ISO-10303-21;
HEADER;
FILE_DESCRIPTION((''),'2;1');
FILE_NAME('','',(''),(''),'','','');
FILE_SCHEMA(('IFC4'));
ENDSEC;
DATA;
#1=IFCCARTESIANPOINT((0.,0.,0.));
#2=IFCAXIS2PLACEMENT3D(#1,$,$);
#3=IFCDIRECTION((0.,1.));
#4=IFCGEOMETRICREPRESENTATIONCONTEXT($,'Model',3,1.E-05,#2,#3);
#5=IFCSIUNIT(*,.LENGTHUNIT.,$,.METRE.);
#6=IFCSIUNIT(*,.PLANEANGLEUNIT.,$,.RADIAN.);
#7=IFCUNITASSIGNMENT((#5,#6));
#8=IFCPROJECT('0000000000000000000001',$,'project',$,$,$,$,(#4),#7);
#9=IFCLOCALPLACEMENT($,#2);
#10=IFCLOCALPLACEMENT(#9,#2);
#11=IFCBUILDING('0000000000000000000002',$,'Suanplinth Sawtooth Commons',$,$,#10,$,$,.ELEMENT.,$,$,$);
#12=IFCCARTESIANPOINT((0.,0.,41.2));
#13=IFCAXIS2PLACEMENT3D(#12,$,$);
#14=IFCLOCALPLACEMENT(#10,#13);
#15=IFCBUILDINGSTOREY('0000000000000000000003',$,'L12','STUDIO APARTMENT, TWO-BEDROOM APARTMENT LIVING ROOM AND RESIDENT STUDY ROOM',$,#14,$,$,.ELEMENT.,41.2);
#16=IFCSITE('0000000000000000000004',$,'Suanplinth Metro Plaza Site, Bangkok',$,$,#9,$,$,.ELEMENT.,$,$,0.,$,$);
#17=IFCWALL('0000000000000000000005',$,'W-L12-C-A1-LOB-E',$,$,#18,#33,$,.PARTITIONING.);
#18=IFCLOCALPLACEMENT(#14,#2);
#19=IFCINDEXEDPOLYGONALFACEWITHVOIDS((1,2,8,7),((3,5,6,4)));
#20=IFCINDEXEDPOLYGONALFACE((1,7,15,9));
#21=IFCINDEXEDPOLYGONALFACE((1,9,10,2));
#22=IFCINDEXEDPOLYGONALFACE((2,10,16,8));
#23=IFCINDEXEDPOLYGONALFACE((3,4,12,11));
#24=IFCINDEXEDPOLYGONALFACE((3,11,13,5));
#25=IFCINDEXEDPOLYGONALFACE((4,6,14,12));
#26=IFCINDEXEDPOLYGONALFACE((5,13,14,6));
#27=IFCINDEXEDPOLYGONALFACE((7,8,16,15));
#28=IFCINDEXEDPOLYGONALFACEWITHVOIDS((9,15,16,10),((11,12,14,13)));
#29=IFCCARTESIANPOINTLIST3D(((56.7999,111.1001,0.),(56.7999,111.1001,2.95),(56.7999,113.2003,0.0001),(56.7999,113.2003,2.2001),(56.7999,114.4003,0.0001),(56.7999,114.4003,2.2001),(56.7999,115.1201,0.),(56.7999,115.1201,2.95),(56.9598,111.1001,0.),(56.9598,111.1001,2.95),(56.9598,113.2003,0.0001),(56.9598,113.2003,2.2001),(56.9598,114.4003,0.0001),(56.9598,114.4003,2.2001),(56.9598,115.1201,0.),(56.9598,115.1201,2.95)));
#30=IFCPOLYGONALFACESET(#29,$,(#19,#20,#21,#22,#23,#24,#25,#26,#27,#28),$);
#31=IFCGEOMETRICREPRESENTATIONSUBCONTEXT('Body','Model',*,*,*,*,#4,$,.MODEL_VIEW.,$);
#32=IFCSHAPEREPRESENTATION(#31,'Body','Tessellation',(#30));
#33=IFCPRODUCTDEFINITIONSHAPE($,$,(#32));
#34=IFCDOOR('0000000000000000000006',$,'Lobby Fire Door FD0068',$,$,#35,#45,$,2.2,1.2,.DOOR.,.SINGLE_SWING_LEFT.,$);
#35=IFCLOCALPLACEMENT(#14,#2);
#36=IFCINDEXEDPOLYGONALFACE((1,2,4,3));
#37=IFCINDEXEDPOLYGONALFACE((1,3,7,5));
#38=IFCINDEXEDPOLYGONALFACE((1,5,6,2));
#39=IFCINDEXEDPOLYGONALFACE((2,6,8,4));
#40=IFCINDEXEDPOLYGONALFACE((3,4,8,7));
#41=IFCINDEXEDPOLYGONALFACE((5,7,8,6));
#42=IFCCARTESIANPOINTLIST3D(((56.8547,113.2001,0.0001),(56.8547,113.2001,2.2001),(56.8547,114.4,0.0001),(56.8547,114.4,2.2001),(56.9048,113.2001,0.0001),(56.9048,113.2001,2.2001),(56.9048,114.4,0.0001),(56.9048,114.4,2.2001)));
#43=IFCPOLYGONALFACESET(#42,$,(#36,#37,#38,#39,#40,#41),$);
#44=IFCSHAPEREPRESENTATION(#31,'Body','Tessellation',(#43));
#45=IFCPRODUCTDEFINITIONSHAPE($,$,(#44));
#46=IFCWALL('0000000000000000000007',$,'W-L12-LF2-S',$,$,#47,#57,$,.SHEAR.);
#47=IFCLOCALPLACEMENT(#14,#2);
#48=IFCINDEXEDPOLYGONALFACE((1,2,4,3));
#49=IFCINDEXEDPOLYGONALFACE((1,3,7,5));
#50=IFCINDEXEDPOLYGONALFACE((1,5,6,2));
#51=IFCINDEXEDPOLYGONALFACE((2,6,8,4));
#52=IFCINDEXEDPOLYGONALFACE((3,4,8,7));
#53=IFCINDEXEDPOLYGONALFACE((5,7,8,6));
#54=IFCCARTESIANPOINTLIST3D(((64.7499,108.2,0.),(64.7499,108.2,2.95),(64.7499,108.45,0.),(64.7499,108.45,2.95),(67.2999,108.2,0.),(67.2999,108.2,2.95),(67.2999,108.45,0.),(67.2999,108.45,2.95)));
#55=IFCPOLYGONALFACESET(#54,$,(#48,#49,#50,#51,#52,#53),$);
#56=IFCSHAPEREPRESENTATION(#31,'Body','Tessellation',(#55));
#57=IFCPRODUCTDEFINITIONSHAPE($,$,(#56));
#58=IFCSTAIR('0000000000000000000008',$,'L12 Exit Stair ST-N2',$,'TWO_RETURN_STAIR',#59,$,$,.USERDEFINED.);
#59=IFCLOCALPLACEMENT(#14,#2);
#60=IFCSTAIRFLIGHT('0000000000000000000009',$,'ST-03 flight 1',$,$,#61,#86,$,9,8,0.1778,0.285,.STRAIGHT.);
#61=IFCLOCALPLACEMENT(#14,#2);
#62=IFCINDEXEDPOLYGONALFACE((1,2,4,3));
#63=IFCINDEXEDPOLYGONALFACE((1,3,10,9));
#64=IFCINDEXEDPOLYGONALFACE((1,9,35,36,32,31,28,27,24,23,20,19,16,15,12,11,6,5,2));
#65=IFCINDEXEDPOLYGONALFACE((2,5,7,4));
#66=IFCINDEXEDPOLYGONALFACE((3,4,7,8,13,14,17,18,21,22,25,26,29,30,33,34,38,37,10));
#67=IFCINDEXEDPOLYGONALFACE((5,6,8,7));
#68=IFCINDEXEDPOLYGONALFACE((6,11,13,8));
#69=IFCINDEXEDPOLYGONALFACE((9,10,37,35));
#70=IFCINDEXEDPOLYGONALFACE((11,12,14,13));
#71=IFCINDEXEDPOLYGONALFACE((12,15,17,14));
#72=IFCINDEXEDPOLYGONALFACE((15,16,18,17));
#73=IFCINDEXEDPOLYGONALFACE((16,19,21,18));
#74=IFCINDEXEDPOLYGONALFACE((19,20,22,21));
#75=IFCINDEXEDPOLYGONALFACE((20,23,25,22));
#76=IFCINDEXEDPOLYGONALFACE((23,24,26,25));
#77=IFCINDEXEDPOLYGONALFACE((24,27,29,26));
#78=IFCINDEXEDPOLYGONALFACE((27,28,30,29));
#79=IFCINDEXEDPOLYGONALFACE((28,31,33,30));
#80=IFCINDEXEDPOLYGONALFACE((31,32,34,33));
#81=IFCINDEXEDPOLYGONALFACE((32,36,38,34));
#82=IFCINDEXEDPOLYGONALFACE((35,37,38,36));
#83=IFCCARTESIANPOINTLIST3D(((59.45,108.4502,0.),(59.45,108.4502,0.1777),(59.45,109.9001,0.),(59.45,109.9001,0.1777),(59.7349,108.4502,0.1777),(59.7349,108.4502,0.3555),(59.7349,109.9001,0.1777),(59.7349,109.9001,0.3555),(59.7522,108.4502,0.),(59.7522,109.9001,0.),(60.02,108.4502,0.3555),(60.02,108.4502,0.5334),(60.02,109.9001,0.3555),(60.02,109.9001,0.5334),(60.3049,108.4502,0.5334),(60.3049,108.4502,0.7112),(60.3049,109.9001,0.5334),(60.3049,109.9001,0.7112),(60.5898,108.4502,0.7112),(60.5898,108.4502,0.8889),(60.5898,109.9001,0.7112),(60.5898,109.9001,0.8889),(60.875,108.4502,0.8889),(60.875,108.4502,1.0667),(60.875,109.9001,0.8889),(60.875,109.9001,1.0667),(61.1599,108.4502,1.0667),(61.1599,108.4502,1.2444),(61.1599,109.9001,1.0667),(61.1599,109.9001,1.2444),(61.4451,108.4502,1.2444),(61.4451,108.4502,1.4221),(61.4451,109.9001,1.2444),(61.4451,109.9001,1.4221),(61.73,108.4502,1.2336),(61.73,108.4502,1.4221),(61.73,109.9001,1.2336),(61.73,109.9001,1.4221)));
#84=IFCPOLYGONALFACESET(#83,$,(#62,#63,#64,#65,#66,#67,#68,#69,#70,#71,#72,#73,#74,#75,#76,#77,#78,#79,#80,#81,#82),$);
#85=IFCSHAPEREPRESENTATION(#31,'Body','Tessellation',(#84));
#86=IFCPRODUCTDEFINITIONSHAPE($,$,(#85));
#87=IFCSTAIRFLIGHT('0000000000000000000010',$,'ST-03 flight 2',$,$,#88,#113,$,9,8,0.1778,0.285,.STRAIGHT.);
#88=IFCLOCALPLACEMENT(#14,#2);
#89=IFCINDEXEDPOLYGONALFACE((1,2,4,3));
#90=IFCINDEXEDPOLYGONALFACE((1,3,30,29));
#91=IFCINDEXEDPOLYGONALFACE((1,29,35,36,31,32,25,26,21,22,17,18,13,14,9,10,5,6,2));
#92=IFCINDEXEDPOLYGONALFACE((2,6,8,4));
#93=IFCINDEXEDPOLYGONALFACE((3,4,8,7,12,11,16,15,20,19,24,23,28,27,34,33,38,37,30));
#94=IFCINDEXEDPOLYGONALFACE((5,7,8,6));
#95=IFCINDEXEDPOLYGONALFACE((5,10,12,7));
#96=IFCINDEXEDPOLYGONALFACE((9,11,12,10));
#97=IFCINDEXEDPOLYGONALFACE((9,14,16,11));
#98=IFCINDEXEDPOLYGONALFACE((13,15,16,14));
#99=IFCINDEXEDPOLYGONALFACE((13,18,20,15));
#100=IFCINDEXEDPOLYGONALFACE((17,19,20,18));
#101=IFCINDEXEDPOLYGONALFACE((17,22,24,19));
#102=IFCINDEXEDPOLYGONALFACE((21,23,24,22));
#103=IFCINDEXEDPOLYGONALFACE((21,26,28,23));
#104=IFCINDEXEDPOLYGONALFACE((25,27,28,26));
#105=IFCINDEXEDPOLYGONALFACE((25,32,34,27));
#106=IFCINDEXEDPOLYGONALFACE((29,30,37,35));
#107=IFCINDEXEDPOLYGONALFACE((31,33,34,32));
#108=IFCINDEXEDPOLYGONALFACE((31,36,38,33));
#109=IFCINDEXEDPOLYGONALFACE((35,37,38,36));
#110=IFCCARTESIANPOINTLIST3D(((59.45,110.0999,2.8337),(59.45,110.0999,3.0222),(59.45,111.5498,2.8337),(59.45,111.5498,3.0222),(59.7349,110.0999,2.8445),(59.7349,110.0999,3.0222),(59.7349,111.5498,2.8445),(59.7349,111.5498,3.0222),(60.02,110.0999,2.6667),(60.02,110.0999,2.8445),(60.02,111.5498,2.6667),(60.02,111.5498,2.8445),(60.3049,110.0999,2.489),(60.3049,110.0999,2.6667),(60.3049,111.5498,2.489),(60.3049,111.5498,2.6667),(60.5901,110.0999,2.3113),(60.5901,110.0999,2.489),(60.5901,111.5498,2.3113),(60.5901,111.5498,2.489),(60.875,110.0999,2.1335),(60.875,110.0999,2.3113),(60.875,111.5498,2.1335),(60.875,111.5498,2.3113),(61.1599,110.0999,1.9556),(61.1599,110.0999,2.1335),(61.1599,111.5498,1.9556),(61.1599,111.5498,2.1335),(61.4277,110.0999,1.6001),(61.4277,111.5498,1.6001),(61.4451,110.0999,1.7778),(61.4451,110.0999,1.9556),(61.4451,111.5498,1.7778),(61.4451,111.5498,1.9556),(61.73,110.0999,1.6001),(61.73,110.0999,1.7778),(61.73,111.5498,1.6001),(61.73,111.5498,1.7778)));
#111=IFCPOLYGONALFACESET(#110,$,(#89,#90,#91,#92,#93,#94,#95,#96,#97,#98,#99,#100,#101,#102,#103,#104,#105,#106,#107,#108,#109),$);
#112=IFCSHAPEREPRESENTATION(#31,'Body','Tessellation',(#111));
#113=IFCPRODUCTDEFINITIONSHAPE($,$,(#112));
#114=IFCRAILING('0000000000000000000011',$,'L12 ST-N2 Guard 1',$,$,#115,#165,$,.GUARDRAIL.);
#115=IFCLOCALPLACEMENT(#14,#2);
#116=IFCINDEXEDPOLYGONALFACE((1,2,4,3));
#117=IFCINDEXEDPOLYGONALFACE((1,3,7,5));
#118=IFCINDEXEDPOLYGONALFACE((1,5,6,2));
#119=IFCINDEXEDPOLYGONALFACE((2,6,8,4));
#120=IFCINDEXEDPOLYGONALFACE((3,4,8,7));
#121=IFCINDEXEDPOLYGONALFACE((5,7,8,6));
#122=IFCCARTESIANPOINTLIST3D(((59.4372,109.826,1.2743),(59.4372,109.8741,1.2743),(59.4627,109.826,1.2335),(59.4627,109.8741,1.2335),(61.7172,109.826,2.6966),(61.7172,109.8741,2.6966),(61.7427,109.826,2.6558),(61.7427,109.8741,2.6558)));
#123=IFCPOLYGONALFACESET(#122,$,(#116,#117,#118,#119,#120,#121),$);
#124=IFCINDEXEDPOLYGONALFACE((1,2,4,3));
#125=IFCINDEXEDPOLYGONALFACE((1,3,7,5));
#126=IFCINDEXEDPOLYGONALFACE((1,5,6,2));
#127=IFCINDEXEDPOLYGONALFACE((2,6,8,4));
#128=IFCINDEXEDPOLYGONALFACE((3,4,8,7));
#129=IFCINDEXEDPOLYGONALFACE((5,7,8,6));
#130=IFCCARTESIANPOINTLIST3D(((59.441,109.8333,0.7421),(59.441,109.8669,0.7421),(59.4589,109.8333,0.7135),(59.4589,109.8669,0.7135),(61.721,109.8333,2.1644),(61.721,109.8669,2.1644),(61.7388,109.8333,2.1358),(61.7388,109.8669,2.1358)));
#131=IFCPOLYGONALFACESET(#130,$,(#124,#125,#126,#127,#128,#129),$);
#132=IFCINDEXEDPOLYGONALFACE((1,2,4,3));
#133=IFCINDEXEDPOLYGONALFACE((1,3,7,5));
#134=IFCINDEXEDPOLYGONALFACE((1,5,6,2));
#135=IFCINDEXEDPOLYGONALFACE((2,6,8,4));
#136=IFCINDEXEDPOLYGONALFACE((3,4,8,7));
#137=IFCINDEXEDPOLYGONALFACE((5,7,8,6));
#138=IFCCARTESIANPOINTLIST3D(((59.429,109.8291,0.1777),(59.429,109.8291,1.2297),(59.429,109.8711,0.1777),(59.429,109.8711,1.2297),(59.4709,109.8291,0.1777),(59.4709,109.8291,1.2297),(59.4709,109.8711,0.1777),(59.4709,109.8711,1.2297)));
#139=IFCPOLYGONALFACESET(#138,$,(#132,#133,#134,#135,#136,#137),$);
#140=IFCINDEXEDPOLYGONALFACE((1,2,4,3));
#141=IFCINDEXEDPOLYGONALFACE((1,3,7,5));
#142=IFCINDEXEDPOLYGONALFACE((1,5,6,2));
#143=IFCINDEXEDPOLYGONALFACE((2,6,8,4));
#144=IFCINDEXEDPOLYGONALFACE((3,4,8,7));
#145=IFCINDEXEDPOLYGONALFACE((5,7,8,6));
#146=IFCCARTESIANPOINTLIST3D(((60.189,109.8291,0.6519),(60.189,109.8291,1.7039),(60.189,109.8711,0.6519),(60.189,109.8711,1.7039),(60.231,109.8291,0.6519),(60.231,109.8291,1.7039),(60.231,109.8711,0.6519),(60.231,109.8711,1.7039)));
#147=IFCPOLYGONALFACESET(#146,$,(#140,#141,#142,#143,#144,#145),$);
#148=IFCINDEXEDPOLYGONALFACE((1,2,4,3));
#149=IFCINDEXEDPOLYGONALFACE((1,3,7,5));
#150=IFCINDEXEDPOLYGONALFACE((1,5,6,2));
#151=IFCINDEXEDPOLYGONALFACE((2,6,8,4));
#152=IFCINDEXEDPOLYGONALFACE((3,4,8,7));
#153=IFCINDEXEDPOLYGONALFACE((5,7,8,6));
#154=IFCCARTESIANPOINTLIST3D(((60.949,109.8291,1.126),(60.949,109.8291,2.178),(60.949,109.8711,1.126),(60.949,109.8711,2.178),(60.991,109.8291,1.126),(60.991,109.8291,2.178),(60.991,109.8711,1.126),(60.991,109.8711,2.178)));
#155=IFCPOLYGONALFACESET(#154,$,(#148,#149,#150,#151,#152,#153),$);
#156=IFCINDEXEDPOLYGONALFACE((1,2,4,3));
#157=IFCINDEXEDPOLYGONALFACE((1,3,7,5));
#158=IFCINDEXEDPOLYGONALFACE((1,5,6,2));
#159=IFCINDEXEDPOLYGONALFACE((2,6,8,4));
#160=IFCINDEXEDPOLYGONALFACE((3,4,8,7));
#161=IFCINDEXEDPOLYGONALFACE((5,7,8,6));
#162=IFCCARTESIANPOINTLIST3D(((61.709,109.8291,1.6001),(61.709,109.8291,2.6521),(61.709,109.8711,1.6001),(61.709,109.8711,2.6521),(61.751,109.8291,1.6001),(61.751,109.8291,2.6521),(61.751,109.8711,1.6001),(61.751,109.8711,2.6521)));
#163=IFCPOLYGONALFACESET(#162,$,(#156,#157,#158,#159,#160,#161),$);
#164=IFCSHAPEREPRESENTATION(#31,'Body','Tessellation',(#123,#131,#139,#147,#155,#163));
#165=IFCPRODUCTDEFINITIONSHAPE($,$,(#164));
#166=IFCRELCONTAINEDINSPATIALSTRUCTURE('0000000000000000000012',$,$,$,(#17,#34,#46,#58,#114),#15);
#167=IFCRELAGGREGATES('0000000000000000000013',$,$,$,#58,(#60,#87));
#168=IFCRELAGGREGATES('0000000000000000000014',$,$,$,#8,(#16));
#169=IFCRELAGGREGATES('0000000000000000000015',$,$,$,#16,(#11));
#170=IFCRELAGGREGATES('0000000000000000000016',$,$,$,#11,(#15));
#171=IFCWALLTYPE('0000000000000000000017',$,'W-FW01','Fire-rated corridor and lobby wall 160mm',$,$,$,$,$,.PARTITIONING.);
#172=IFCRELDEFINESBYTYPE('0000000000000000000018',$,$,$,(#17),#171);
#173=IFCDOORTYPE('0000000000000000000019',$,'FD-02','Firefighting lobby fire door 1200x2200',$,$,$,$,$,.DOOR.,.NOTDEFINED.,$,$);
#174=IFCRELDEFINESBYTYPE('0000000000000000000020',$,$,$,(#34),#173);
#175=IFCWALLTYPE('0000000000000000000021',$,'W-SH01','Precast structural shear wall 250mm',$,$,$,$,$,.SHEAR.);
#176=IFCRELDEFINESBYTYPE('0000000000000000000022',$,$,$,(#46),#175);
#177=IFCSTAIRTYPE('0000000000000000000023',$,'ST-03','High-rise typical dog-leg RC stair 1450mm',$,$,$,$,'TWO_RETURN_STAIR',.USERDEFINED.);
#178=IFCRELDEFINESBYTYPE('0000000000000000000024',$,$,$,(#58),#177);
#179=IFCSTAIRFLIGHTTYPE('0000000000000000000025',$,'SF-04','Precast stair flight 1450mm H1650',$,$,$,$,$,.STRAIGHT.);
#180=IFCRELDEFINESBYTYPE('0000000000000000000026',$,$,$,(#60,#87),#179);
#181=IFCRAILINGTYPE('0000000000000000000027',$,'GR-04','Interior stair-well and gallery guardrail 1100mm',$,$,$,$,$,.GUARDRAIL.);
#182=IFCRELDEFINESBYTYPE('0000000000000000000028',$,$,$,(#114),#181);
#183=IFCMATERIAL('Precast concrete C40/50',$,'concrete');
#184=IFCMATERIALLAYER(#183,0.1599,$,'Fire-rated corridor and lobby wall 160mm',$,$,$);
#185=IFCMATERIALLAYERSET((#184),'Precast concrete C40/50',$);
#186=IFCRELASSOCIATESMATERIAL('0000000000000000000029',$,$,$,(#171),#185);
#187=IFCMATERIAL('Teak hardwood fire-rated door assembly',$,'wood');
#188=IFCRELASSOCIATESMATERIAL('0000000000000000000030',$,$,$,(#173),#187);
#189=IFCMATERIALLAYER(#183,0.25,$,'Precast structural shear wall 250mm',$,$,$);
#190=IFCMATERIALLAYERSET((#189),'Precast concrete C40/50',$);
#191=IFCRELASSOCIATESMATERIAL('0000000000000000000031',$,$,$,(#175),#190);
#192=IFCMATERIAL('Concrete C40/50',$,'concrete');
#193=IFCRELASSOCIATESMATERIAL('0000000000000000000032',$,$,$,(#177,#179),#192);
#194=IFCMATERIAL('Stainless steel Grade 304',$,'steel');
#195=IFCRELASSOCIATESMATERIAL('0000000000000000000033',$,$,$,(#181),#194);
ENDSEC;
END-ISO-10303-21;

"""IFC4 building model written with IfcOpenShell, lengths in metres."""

from ifc_helpers import new_model, si_unit, direction, frame, frame_2d, origin, origin_2d, place, context, subcontext, project, spatial, polyline, rectangle, outline, extrude, material, layer, layer_set, type_object, element, fill, aggregate, save


model = new_model("IFC4")

# Units and contexts
model_context = context("Model", 3, precision=1e-05, world=origin(), true_north=direction((0.0, 1.0)))
body_context = subcontext(model_context, "Body", "Model", "MODEL_VIEW")
ifc_project = project(units=[si_unit("LENGTHUNIT", "METRE"), si_unit("PLANEANGLEUNIT", "RADIAN")], contexts=[model_context])

# Site, building, storey
site_placement = place(None, origin())
site = spatial("IfcSite", under=ifc_project, at=site_placement, Name="Suanplinth Metro Plaza Site, Bangkok", CompositionType="ELEMENT", RefElevation=0.0)
building_placement = place(site_placement, origin())
building = spatial("IfcBuilding", under=site, at=building_placement, Name="Suanplinth Sawtooth Commons", CompositionType="ELEMENT")
storey_placement = place(building_placement, frame((0.0, 0.0, 41.2)))
storey = spatial("IfcBuildingStorey", under=building, at=storey_placement, Name="L12", Description="STUDIO APARTMENT, TWO-BEDROOM APARTMENT LIVING ROOM AND RESIDENT STUDY ROOM", CompositionType="ELEMENT", Elevation=41.2)

# Shared definitions
ifc_material_1 = material(Name="Precast concrete C40/50", Category="concrete")

# Shared definitions
ifc_material_2 = material(Name="Concrete C40/50", Category="concrete")

# Shared definitions
ifc_material_3 = material(Name="Teak hardwood fire-rated door assembly", Category="wood")

# Wall, opening, door
ifc_layer_1 = layer(ifc_material_1, 0.1599, Name="Fire-rated corridor and lobby wall 160mm")
ifc_layer_set_1 = layer_set([ifc_layer_1], Name="Precast concrete C40/50")
wall_type_1 = type_object("IfcWallType", Name="W-FW01", Description="Fire-rated corridor and lobby wall 160mm", PredefinedType="PARTITIONING", material=ifc_layer_set_1)
wall_1_placement = place(storey_placement, frame((56.8799, 111.1001, 0.0), z_axis=(0.0, 0.0, 1.0), x_axis=(0.0, 1.0, 0.0)))
wall_1 = element("IfcWall", 1, at=wall_1_placement, inside=storey, type_object=wall_type_1, Name="W-L12-C-A1-LOB-E", PredefinedType="PARTITIONING", context=body_context, shape_type="SweptSolid", body=[
    extrude(rectangle(XDim=4.02, YDim=0.1599, at=frame_2d((2.01, 0.0))), origin(), (0.0, 0.0, 1.0), 2.95),
])
opening_1_placement = place(wall_1_placement, frame((2.1001, 0.0, 0.0)))
opening_1 = element("IfcOpeningElement", 2, at=opening_1_placement, cuts=wall_1, PredefinedType="OPENING", context=body_context, shape_type="SweptSolid", body=[
    extrude(rectangle(XDim=1.2, YDim=2.2, at=frame_2d((0.6001, 1.1001))), frame((0.0, 0.0947, 0.0), z_axis=(0.0, -1.0, 0.0), x_axis=(1.0, 0.0, 0.0)), (0.0, 0.0, 1.0), 0.1897),
])
door_type_1 = type_object("IfcDoorType", Name="FD-02", Description="Firefighting lobby fire door 1200x2200", OperationType="NOTDEFINED", PredefinedType="DOOR", material=ifc_material_3)
door_1_placement = place(opening_1_placement, frame((1.2, 0.0, 0.0), z_axis=(0.0, 0.0, 1.0), x_axis=(-1.0, 0.0, 0.0)))
door_1 = element("IfcDoor", 3, at=door_1_placement, inside=storey, type_object=door_type_1, Name="Lobby Fire Door FD0068", OperationType="SINGLE_SWING_LEFT", OverallHeight=2.2, OverallWidth=1.2, PredefinedType="DOOR", context=body_context, shape_type="SweptSolid", body=[
    extrude(rectangle(XDim=1.2, YDim=2.2, at=frame_2d((0.6001, 1.1001))), frame((0.0, 0.0249, 0.0), z_axis=(0.0, -1.0, 0.0), x_axis=(1.0, 0.0, 0.0)), (0.0, 0.0, 1.0), 0.05),
])
fill(opening_1, door_1)

# Wall
ifc_layer_2 = layer(ifc_material_1, 0.25, Name="Precast structural shear wall 250mm")
ifc_layer_set_2 = layer_set([ifc_layer_2], Name="Precast concrete C40/50")
wall_type_2 = type_object("IfcWallType", Name="W-SH01", Description="Precast structural shear wall 250mm", PredefinedType="SHEAR", material=ifc_layer_set_2)
wall_2_placement = place(storey_placement, frame((64.75, 108.325, 0.0), z_axis=(0.0, 0.0, 1.0), x_axis=(1.0, 0.0, 0.0)))
element("IfcWall", 4, at=wall_2_placement, inside=storey, type_object=wall_type_2, Name="W-L12-LF2-S", PredefinedType="SHEAR", context=body_context, shape_type="SweptSolid", body=[
    extrude(rectangle(XDim=2.55, YDim=0.25, at=frame_2d((1.2749, 0.0))), origin(), (0.0, 0.0, 1.0), 2.95),
])

# Shared definitions
ifc_material_4 = material(Name="Stainless steel Grade 304", Category="steel")

# Stair, stair flights
stair_type = type_object("IfcStairType", Name="ST-03", Description="High-rise typical dog-leg RC stair 1450mm", ElementType="TWO_RETURN_STAIR", PredefinedType="USERDEFINED", material=ifc_material_2)
stair_placement = place(storey_placement, origin())
stair = element("IfcStair", 5, at=stair_placement, inside=storey, type_object=stair_type, Name="L12 Exit Stair ST-N2", ObjectType="TWO_RETURN_STAIR", PredefinedType="USERDEFINED")
stair_flight_type = type_object("IfcStairFlightType", Name="SF-04", Description="Precast stair flight 1450mm H1650", PredefinedType="STRAIGHT", material=ifc_material_2)
stair_flight_1_placement = place(storey_placement, frame((59.45, 109.175, 0.0), z_axis=(0.0, 0.0, 1.0), x_axis=(1.0, 0.0, 0.0)))
stair_flight_1 = element("IfcStairFlight", 6, at=stair_flight_1_placement, type_object=stair_flight_type, Name="ST-03 flight 1", NumberOfRisers=9, NumberOfTreads=8, PredefinedType="STRAIGHT", RiserHeight=0.1778, TreadLength=0.285, context=body_context, shape_type="SweptSolid", body=[
    extrude(outline(polyline([(0.0, 0.0), (0.0, 0.1777), (0.2849, 0.1777), (0.2849, 0.3555), (0.5701, 0.3555), (0.5701, 0.5334), (0.855, 0.5334), (0.855, 0.7112), (1.1399, 0.7112), (1.1399, 0.8889), (1.425, 0.8889), (1.425, 1.0667), (1.71, 1.0667), (1.71, 1.2444), (1.9951, 1.2444), (1.9951, 1.4221), (2.28, 1.4221), (2.28, 1.6001), (2.28, 1.2336), (0.3022, 0.0), (0.0, 0.0)])), frame((0.0, 0.7251, 0.0), z_axis=(0.0, -1.0, 0.0), x_axis=(1.0, 0.0, 0.0)), (0.0, 0.0, 1.0), 1.45),
])
stair_flight_2_placement = place(storey_placement, frame((61.73, 110.825, 1.6001), z_axis=(0.0, 0.0, 1.0), x_axis=(-1.0, 0.0, 0.0)))
stair_flight_2 = element("IfcStairFlight", 7, at=stair_flight_2_placement, type_object=stair_flight_type, Name="ST-03 flight 2", NumberOfRisers=9, NumberOfTreads=8, PredefinedType="STRAIGHT", RiserHeight=0.1778, TreadLength=0.285, context=body_context, shape_type="SweptSolid", body=[
    extrude(outline(polyline([(0.0, 0.0), (0.0, 0.1777), (0.2849, 0.1777), (0.2849, 0.3555), (0.5701, 0.3555), (0.5701, 0.5334), (0.855, 0.5334), (0.855, 0.7112), (1.1399, 0.7112), (1.1399, 0.8889), (1.425, 0.8889), (1.425, 1.0667), (1.71, 1.0667), (1.71, 1.2444), (1.9951, 1.2444), (1.9951, 1.4221), (2.28, 1.4221), (2.28, 1.6001), (2.28, 1.2336), (0.3022, 0.0), (0.0, 0.0)])), frame((0.0, 0.7251, 0.0), z_axis=(0.0, -1.0, 0.0), x_axis=(1.0, 0.0, 0.0)), (0.0, 0.0, 1.0), 1.45),
])
aggregate(stair, [stair_flight_1, stair_flight_2])

# Railing
railing_type_1 = type_object("IfcRailingType", Name="GR-04", Description="Interior stair-well and gallery guardrail 1100mm", PredefinedType="GUARDRAIL", material=ifc_material_4)
railing_1_placement = place(storey_placement, frame((59.45, 109.8501, 0.1777)))
element("IfcRailing", 8, at=railing_1_placement, inside=storey, type_object=railing_type_1, Name="L12 ST-N2 Guard 1", PredefinedType="GUARDRAIL", context=body_context, shape_type="SweptSolid", body=[
    extrude(rectangle(XDim=0.0481, YDim=0.0481, at=origin_2d()), frame((0.0, 0.0, 1.0762), z_axis=(0.848442, 0.0, 0.529288), x_axis=(0.0, 1.0, 0.0)), (0.0, 0.0, 1.0), 2.6873),
    extrude(rectangle(XDim=0.0337, YDim=0.0337, at=origin_2d()), frame((0.0, 0.0, 0.55), z_axis=(0.848442, 0.0, 0.529288), x_axis=(0.0, 1.0, 0.0)), (0.0, 0.0, 1.0), 2.6873),
    extrude(rectangle(XDim=0.042, YDim=0.042, at=origin_2d()), origin(), (0.0, 0.0, 1.0), 1.052),
    extrude(rectangle(XDim=0.042, YDim=0.042, at=origin_2d()), frame((0.76, 0.0, 0.4741)), (0.0, 0.0, 1.0), 1.052),
    extrude(rectangle(XDim=0.042, YDim=0.042, at=origin_2d()), frame((1.52, 0.0, 0.9482)), (0.0, 0.0, 1.0), 1.052),
    extrude(rectangle(XDim=0.042, YDim=0.042, at=origin_2d()), frame((2.28, 0.0, 1.4224)), (0.0, 0.0, 1.0), 1.052),
])

save(model, "model.ifc")
